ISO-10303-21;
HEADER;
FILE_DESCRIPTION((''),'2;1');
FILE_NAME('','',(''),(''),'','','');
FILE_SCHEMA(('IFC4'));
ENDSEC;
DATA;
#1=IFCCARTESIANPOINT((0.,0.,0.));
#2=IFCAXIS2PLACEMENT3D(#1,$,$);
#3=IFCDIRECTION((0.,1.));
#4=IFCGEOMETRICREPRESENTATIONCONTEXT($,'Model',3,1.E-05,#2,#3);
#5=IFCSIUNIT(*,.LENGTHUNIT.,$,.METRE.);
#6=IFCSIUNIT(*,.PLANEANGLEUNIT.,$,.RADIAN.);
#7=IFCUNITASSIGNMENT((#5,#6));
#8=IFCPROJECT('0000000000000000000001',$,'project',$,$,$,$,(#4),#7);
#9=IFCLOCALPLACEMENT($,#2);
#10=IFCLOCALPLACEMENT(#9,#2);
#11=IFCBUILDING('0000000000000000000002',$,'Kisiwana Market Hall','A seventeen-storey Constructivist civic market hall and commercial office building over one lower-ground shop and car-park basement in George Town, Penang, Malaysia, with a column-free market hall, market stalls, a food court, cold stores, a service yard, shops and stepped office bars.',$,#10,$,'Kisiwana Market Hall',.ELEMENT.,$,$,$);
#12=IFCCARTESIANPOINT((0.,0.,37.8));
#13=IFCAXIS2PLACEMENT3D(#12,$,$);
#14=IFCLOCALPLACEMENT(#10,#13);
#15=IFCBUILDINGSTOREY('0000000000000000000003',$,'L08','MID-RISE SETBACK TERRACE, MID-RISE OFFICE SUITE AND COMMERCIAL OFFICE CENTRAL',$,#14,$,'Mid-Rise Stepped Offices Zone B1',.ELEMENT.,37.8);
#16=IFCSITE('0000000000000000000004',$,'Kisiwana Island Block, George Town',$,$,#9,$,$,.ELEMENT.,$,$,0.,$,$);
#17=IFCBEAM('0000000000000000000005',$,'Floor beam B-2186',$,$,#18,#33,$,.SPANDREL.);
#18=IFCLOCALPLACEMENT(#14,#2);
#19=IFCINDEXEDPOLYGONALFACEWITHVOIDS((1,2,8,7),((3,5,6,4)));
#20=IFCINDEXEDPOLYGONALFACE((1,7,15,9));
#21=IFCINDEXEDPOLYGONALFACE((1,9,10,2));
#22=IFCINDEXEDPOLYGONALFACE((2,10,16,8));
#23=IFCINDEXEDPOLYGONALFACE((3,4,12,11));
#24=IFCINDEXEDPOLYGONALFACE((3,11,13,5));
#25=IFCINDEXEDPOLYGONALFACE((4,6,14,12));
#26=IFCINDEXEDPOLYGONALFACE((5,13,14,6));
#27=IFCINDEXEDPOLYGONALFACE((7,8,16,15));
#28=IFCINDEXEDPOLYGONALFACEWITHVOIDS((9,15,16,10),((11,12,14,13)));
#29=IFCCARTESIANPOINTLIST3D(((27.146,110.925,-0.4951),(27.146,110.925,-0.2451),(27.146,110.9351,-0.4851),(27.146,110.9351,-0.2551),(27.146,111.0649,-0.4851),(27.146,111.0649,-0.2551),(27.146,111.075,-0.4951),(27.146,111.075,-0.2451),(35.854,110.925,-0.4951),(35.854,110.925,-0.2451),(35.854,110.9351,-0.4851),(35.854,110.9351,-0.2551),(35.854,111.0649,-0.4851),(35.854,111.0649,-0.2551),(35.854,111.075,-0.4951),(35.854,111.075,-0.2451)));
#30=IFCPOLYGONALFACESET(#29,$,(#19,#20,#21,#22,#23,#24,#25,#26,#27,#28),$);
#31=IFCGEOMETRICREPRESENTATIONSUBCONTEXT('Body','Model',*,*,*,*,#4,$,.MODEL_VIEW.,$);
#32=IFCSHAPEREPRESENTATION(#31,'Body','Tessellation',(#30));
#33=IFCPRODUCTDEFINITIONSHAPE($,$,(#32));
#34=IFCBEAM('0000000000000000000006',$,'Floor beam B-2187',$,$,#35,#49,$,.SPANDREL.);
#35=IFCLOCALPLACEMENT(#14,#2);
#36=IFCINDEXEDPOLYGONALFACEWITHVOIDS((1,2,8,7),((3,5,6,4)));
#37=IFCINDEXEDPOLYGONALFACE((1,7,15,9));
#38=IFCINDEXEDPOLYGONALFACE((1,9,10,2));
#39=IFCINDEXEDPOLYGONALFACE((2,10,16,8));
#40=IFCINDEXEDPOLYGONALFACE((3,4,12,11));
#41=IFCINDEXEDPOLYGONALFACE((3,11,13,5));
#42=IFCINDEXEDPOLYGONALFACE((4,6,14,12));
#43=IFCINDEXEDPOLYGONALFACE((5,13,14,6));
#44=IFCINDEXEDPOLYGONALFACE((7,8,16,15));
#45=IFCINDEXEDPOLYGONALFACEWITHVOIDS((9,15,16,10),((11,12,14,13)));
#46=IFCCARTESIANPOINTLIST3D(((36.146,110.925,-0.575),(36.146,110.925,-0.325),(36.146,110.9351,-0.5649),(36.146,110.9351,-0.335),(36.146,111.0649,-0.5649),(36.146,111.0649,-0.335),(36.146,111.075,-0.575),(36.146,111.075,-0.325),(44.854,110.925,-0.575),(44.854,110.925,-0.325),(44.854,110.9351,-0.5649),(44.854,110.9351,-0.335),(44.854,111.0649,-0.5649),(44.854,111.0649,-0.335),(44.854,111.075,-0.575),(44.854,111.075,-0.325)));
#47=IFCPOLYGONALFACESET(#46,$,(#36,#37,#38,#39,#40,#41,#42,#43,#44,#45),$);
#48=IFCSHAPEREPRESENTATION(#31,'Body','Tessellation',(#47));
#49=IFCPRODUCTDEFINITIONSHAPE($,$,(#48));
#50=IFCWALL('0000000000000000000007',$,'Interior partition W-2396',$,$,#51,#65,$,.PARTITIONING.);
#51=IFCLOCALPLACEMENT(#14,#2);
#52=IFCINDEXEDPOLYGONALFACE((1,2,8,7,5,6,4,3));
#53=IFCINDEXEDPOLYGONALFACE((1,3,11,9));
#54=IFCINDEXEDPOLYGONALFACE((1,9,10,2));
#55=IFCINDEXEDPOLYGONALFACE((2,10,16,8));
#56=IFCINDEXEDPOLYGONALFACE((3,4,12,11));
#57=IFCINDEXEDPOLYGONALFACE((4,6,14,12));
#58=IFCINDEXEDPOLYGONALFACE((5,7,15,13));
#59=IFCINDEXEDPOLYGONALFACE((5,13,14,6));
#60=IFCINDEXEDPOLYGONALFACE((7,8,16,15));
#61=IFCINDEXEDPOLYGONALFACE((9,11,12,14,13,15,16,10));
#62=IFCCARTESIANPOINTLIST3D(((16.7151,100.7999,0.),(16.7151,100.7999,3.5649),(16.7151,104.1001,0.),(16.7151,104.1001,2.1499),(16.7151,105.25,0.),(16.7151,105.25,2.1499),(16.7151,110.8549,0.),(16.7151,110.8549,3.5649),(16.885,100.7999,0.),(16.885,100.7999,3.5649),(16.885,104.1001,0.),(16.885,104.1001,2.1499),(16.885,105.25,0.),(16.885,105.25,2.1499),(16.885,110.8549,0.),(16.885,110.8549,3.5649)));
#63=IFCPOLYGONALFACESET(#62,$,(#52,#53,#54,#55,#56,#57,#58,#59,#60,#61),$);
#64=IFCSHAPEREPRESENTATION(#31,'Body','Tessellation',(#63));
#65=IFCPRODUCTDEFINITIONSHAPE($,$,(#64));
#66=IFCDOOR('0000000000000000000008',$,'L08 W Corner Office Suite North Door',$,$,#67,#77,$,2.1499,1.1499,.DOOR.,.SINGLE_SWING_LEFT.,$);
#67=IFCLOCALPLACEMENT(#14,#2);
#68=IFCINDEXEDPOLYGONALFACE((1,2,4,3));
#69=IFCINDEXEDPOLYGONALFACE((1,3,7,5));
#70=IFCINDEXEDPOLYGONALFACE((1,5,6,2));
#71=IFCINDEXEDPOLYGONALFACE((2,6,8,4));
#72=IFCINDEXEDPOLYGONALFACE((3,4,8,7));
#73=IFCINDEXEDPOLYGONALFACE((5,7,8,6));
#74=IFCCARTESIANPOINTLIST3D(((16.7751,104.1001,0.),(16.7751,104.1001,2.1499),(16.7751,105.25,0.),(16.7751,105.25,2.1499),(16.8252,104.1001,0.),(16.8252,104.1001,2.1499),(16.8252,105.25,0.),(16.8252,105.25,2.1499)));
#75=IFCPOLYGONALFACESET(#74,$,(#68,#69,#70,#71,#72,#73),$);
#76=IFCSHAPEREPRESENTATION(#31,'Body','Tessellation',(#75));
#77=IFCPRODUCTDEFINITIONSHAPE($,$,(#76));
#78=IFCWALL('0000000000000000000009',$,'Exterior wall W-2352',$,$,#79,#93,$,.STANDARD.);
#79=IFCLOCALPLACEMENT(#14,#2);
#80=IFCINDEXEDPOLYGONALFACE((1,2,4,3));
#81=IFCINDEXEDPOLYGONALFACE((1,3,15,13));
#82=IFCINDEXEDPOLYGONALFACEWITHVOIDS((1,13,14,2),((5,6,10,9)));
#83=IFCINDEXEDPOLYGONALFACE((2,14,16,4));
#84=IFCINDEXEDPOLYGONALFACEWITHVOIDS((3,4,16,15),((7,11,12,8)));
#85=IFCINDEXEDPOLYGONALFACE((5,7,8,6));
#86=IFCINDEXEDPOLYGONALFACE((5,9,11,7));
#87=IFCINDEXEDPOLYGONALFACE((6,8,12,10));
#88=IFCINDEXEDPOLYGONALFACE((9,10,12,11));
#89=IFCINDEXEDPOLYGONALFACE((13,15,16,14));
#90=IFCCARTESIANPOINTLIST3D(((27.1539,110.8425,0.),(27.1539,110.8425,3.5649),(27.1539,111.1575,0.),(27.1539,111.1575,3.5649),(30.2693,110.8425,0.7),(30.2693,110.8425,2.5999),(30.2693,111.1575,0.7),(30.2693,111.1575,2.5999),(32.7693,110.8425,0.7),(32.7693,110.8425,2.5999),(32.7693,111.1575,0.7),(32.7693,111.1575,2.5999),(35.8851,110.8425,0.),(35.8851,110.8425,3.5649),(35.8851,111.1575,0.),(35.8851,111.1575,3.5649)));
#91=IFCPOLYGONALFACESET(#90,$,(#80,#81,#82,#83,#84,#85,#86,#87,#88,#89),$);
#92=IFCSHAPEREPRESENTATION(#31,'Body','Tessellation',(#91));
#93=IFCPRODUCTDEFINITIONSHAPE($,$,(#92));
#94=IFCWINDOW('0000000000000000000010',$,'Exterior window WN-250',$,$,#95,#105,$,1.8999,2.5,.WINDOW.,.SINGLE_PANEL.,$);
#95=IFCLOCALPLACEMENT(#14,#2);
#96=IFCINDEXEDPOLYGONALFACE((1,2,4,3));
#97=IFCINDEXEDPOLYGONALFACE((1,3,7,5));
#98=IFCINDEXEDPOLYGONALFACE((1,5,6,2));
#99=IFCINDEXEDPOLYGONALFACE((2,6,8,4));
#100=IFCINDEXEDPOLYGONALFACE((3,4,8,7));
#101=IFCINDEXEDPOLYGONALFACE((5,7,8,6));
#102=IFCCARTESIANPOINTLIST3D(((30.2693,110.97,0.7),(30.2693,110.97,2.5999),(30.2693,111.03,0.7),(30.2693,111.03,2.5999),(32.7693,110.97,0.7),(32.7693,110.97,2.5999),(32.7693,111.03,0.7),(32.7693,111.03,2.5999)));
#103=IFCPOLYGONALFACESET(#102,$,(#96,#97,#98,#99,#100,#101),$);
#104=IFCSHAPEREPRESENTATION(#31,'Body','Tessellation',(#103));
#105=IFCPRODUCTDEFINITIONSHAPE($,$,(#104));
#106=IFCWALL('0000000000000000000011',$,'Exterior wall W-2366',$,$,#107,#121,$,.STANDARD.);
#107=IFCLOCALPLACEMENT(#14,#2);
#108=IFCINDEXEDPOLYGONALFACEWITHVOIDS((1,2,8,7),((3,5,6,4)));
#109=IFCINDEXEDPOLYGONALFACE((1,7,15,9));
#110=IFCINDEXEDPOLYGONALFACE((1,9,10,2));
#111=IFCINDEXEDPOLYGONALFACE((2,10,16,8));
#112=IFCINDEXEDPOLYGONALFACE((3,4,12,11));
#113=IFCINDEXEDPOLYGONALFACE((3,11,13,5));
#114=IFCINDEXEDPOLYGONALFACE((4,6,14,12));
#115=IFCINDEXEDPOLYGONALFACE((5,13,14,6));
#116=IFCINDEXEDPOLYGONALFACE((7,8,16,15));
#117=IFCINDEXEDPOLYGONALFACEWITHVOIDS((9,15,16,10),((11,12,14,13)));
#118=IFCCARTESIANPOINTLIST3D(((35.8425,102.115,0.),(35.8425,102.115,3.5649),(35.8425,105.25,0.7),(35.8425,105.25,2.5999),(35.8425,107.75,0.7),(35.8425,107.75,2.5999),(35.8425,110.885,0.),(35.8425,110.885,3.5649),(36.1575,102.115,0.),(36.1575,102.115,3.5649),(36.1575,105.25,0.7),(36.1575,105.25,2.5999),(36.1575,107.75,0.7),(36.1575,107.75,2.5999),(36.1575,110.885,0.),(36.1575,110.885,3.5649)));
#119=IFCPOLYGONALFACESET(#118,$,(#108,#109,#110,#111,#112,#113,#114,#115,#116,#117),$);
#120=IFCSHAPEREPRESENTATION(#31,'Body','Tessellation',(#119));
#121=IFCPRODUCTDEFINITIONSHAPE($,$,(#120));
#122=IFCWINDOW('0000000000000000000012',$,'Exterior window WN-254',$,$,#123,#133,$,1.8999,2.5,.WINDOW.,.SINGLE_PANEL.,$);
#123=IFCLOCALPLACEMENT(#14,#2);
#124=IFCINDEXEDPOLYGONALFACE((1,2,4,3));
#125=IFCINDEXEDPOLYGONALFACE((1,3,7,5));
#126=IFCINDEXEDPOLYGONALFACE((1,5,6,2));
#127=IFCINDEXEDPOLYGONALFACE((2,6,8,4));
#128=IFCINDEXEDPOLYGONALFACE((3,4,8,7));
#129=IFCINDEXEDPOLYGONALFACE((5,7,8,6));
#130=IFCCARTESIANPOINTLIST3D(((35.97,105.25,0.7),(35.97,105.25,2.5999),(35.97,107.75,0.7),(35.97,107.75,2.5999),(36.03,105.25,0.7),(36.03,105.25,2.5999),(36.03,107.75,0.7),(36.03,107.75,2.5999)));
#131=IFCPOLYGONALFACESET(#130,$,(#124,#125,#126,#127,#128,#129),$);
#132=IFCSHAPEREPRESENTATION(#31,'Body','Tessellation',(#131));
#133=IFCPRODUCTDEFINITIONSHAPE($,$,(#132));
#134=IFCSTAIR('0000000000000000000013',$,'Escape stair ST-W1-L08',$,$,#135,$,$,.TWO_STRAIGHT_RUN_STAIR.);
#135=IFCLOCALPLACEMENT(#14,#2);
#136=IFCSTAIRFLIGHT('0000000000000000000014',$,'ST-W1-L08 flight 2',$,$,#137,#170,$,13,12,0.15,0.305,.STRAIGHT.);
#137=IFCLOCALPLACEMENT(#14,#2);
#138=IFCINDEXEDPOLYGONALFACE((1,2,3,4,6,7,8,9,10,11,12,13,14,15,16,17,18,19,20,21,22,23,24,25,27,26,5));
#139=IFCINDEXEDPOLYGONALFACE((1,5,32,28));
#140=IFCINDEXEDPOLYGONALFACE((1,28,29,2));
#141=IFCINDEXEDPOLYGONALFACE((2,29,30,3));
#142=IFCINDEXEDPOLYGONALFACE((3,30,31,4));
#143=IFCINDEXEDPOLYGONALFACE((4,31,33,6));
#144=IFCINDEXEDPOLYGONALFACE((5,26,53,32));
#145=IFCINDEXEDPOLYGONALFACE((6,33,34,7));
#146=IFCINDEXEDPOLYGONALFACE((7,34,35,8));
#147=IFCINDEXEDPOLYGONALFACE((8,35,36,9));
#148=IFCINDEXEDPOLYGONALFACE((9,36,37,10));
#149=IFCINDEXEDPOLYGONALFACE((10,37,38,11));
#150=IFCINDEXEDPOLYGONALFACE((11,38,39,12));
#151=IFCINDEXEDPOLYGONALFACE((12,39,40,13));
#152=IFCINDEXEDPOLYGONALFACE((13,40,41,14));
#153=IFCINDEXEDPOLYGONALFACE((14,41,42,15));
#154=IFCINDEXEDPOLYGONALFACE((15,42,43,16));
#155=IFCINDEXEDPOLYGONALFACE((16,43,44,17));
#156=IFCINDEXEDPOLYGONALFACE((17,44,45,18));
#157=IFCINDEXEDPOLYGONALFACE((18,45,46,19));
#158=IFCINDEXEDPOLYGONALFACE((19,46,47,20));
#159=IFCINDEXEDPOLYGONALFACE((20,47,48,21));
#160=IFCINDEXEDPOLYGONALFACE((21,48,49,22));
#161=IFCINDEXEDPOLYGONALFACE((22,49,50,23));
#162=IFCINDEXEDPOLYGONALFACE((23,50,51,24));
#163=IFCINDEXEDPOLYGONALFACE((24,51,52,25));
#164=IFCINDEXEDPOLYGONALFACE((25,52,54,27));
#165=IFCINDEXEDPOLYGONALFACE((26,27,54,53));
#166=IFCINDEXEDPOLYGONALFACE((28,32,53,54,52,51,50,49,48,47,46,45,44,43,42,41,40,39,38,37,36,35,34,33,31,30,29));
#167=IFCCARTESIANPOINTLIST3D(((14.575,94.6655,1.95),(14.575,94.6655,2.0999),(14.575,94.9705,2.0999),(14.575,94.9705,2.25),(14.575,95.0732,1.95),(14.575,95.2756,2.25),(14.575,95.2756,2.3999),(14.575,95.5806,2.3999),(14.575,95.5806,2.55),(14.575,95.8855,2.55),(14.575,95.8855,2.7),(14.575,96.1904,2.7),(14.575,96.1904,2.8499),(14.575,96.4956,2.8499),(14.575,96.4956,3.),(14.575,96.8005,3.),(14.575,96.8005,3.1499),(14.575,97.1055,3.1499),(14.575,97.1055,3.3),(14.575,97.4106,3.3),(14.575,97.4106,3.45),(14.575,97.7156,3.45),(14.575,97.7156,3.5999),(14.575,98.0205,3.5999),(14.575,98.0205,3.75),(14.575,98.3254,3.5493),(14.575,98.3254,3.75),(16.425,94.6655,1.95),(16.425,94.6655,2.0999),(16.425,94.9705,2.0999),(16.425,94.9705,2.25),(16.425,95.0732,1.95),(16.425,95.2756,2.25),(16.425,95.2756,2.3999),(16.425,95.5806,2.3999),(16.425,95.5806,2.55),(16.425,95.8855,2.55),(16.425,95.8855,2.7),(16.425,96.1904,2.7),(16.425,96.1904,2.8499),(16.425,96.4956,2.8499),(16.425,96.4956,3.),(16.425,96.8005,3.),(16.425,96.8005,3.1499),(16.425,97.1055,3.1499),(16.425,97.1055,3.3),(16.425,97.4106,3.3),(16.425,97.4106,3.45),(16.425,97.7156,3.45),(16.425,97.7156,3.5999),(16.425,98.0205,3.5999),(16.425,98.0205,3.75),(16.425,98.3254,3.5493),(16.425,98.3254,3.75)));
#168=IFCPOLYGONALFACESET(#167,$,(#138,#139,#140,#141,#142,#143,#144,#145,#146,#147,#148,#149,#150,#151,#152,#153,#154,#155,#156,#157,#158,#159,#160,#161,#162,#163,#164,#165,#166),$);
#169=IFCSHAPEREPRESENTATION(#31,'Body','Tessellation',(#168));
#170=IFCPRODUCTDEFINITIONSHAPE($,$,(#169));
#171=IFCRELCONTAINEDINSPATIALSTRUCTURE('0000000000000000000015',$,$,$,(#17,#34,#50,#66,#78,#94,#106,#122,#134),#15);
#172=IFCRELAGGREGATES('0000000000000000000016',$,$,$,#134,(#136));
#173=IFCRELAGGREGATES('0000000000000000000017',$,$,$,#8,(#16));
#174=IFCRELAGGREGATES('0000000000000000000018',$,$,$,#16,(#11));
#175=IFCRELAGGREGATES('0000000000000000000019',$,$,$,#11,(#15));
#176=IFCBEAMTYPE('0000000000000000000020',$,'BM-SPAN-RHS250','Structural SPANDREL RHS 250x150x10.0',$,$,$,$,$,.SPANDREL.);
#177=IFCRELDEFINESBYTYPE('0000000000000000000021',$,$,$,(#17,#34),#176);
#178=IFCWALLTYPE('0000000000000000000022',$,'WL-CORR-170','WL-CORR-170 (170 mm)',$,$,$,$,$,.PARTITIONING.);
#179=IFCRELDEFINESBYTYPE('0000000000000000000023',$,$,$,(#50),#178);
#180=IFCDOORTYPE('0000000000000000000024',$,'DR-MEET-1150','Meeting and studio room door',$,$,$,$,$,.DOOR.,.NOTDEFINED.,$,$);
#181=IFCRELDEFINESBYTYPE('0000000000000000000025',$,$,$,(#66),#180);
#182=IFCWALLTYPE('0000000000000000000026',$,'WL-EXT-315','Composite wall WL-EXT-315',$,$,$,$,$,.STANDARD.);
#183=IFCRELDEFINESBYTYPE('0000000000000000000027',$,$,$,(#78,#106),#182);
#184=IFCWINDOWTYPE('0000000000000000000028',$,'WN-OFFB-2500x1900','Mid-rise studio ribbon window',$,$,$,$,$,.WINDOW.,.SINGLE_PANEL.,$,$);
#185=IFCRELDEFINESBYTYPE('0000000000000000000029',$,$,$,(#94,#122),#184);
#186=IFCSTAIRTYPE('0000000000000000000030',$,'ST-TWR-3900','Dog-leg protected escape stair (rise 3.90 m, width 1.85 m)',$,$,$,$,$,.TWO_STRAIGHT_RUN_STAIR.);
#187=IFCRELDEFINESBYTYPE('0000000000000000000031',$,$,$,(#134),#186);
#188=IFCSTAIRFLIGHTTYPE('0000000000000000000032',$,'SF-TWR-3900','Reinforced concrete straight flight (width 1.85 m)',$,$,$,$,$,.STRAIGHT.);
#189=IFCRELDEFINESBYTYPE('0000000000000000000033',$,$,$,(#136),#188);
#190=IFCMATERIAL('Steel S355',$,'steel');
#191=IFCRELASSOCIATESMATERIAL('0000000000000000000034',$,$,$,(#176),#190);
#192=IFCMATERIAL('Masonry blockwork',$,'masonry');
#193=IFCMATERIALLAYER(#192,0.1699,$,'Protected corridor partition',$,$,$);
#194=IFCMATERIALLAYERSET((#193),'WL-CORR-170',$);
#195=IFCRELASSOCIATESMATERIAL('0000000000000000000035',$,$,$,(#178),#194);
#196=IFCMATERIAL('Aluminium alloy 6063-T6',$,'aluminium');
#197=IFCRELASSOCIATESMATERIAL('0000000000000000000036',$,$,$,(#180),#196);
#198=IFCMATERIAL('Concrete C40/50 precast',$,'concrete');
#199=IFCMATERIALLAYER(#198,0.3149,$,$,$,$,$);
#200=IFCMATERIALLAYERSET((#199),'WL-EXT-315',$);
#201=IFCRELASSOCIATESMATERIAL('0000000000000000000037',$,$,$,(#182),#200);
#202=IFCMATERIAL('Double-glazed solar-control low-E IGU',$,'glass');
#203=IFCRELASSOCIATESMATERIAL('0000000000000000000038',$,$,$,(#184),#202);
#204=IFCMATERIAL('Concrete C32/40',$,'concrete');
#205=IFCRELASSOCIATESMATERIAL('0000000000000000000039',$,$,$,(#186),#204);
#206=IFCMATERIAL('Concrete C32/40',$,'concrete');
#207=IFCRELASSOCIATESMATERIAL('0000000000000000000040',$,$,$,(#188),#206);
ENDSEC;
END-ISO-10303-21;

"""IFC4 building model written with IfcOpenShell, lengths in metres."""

from ifc_helpers import new_model, si_unit, direction, frame, frame_2d, origin, origin_2d, place, context, subcontext, project, spatial, polyline, rectangle, hollow_rectangle, outline, extrude, material, layer, layer_set, material_profile, profile_set, type_object, element, fill, aggregate, save


model = new_model("IFC4")

# Units and contexts
model_context = context("Model", 3, precision=1e-05, world=origin(), true_north=direction((0.0, 1.0)))
body_context = subcontext(model_context, "Body", "Model", "MODEL_VIEW")
ifc_project = project(units=[si_unit("LENGTHUNIT", "METRE"), si_unit("PLANEANGLEUNIT", "RADIAN")], contexts=[model_context])

# Site, building, storey
site_placement = place(None, origin())
site = spatial("IfcSite", under=ifc_project, at=site_placement, Name="Kisiwana Island Block, George Town", CompositionType="ELEMENT", RefElevation=0.0)
building_placement = place(site_placement, origin())
building = spatial("IfcBuilding", under=site, at=building_placement, Name="Kisiwana Market Hall", Description="A seventeen-storey Constructivist civic market hall and commercial office building over one lower-ground shop and car-park basement in George Town, Penang, Malaysia, with a column-free market hall, market stalls, a food court, cold stores, a service yard, shops and stepped office bars.", LongName="Kisiwana Market Hall", CompositionType="ELEMENT")
storey_placement = place(building_placement, frame((0.0, 0.0, 37.8)))
storey = spatial("IfcBuildingStorey", under=building, at=storey_placement, Name="L08", Description="MID-RISE SETBACK TERRACE, MID-RISE OFFICE SUITE AND COMMERCIAL OFFICE CENTRAL", LongName="Mid-Rise Stepped Offices Zone B1", CompositionType="ELEMENT", Elevation=37.8)

# Beams
ifc_material_1 = material(Name="Steel S355", Category="steel")
ifc_material_profile_1 = material_profile(ifc_material_1, hollow_rectangle(XDim=0.1499, YDim=0.25, WallThickness=0.01, at=origin_2d()), Name="RHS 250x150x10.0")
ifc_profile_set_1 = profile_set([ifc_material_profile_1], Name="Steel S355")
beam_type_1 = type_object("IfcBeamType", Name="BM-SPAN-RHS250", Description="Structural SPANDREL RHS 250x150x10.0", PredefinedType="SPANDREL", material=ifc_profile_set_1)
for number, where, z_axis, x_axis, name in (
    (1, (27.146, 111.0, -0.3701), (1.0, 0.0, 0.0), (0.0, 1.0, 0.0), "Floor beam B-2186"),
    (2, (36.146, 111.0, -0.45), (1.0, 0.0, 0.0), (0.0, 1.0, 0.0), "Floor beam B-2187"),
):
    element("IfcBeam", number, at=place(storey_placement, frame(where, z_axis=z_axis, x_axis=x_axis)), inside=storey, type_object=beam_type_1, Name=name, PredefinedType="SPANDREL", context=body_context, shape_type="SweptSolid", body=[
        extrude(hollow_rectangle(XDim=0.1499, YDim=0.25, WallThickness=0.01, at=origin_2d()), origin(), (0.0, 0.0, 1.0), 8.708),
    ])

# Wall, opening, door
ifc_material_2 = material(Name="Masonry blockwork", Category="masonry")
ifc_layer_1 = layer(ifc_material_2, 0.1699, Name="Protected corridor partition")
ifc_layer_set_1 = layer_set([ifc_layer_1], Name="WL-CORR-170")
wall_type_1 = type_object("IfcWallType", Name="WL-CORR-170", Description="WL-CORR-170 (170 mm)", PredefinedType="PARTITIONING", material=ifc_layer_set_1)
wall_1_placement = place(storey_placement, frame((16.8, 100.8, 0.0), z_axis=(0.0, 0.0, 1.0), x_axis=(0.0, 1.0, 0.0)))
wall_1 = element("IfcWall", 3, at=wall_1_placement, inside=storey, type_object=wall_type_1, Name="Interior partition W-2396", PredefinedType="PARTITIONING", context=body_context, shape_type="SweptSolid", body=[
    extrude(rectangle(XDim=10.0549, YDim=0.1699, at=frame_2d((5.0273, 0.0))), origin(), (0.0, 0.0, 1.0), 3.5649),
])
opening_1_placement = place(wall_1_placement, frame((3.3, 0.0, 0.0)))
opening_1 = element("IfcOpeningElement", 4, at=opening_1_placement, cuts=wall_1, PredefinedType="OPENING", context=body_context, shape_type="SweptSolid", body=[
    extrude(rectangle(XDim=1.1499, YDim=2.1499, at=frame_2d((0.575, 1.075))), frame((0.0, 0.0969, 0.0), z_axis=(0.0, -1.0, 0.0), x_axis=(1.0, 0.0, 0.0)), (0.0, 0.0, 1.0), 0.1938),
])
ifc_material_3 = material(Name="Aluminium alloy 6063-T6", Category="aluminium")
door_type = type_object("IfcDoorType", Name="DR-MEET-1150", Description="Meeting and studio room door", OperationType="NOTDEFINED", PredefinedType="DOOR", material=ifc_material_3)
door_placement = place(opening_1_placement, origin())
door = element("IfcDoor", 5, at=door_placement, inside=storey, type_object=door_type, Name="L08 W Corner Office Suite North Door", OperationType="SINGLE_SWING_LEFT", OverallHeight=2.1499, OverallWidth=1.1499, PredefinedType="DOOR", context=body_context, shape_type="SweptSolid", body=[
    extrude(rectangle(XDim=1.1499, YDim=2.1499, at=frame_2d((0.575, 1.075))), frame((0.0, 0.0249, 0.0), z_axis=(0.0, -1.0, 0.0), x_axis=(1.0, 0.0, 0.0)), (0.0, 0.0, 1.0), 0.05),
])
fill(opening_1, door)

# Walls, openings, windows
ifc_material_4 = material(Name="Concrete C40/50 precast", Category="concrete")
ifc_layer_2 = layer(ifc_material_4, 0.3149)
ifc_layer_set_2 = layer_set([ifc_layer_2], Name="WL-EXT-315")
wall_type_2 = type_object("IfcWallType", Name="WL-EXT-315", Description="Composite wall WL-EXT-315", PredefinedType="STANDARD", material=ifc_layer_set_2)
wall_2_placement = place(storey_placement, frame((27.1538, 111.0, 0.0), z_axis=(0.0, 0.0, 1.0), x_axis=(1.0, 0.0, 0.0)))
wall_2 = element("IfcWall", 6, at=wall_2_placement, inside=storey, type_object=wall_type_2, Name="Exterior wall W-2352", PredefinedType="STANDARD", context=body_context, shape_type="SweptSolid", body=[
    extrude(rectangle(XDim=8.7312, YDim=0.3149, at=frame_2d((4.3657, 0.0))), origin(), (0.0, 0.0, 1.0), 3.5649),
])
opening_2_placement = place(wall_2_placement, frame((3.1155, 0.0, 0.7)))
opening_2 = element("IfcOpeningElement", 7, at=opening_2_placement, cuts=wall_2, PredefinedType="OPENING", context=body_context, shape_type="SweptSolid", body=[
    extrude(rectangle(XDim=2.5, YDim=1.8999, at=frame_2d((1.25, 0.95))), frame((0.0, 0.1694, 0.0), z_axis=(0.0, -1.0, 0.0), x_axis=(1.0, 0.0, 0.0)), (0.0, 0.0, 1.0), 0.3389),
])
ifc_material_5 = material(Name="Double-glazed solar-control low-E IGU", Category="glass")
window_type = type_object("IfcWindowType", Name="WN-OFFB-2500x1900", Description="Mid-rise studio ribbon window", PartitioningType="SINGLE_PANEL", PredefinedType="WINDOW", material=ifc_material_5)
window_1_placement = place(opening_2_placement, origin())
window_1 = element("IfcWindow", 8, at=window_1_placement, inside=storey, type_object=window_type, Name="Exterior window WN-250", OverallHeight=1.8999, OverallWidth=2.5, PartitioningType="SINGLE_PANEL", PredefinedType="WINDOW", context=body_context, shape_type="SweptSolid", body=[
    extrude(rectangle(XDim=2.5, YDim=1.8999, at=frame_2d((1.25, 0.95))), frame((0.0, 0.03, 0.0), z_axis=(0.0, -1.0, 0.0), x_axis=(1.0, 0.0, 0.0)), (0.0, 0.0, 1.0), 0.0601),
])
fill(opening_2, window_1)
wall_3_placement = place(storey_placement, frame((36.0, 102.115, 0.0), z_axis=(0.0, 0.0, 1.0), x_axis=(0.0, 1.0, 0.0)))
wall_3 = element("IfcWall", 9, at=wall_3_placement, inside=storey, type_object=wall_type_2, Name="Exterior wall W-2366", PredefinedType="STANDARD", context=body_context, shape_type="SweptSolid", body=[
    extrude(rectangle(XDim=8.77, YDim=0.3149, at=frame_2d((4.385, 0.0))), origin(), (0.0, 0.0, 1.0), 3.5649),
])
opening_3_placement = place(wall_3_placement, frame((3.135, 0.0, 0.7)))
opening_3 = element("IfcOpeningElement", 10, at=opening_3_placement, cuts=wall_3, PredefinedType="OPENING", context=body_context, shape_type="SweptSolid", body=[
    extrude(rectangle(XDim=2.5, YDim=1.8999, at=frame_2d((1.25, 0.95))), frame((0.0, 0.1694, 0.0), z_axis=(0.0, -1.0, 0.0), x_axis=(1.0, 0.0, 0.0)), (0.0, 0.0, 1.0), 0.3389),
])
window_2_placement = place(opening_3_placement, origin())
window_2 = element("IfcWindow", 11, at=window_2_placement, inside=storey, type_object=window_type, Name="Exterior window WN-254", OverallHeight=1.8999, OverallWidth=2.5, PartitioningType="SINGLE_PANEL", PredefinedType="WINDOW", context=body_context, shape_type="SweptSolid", body=[
    extrude(rectangle(XDim=2.5, YDim=1.8999, at=frame_2d((1.25, 0.95))), frame((0.0, 0.03, 0.0), z_axis=(0.0, -1.0, 0.0), x_axis=(1.0, 0.0, 0.0)), (0.0, 0.0, 1.0), 0.0601),
])
fill(opening_3, window_2)

# Stair, stair flight
ifc_material_6 = material(Name="Concrete C32/40", Category="concrete")
stair_type = type_object("IfcStairType", Name="ST-TWR-3900", Description="Dog-leg protected escape stair (rise 3.90 m, width 1.85 m)", PredefinedType="TWO_STRAIGHT_RUN_STAIR", material=ifc_material_6)
stair_placement = place(storey_placement, origin())
stair = element("IfcStair", 12, at=stair_placement, inside=storey, type_object=stair_type, Name="Escape stair ST-W1-L08", PredefinedType="TWO_STRAIGHT_RUN_STAIR")
ifc_material_7 = material(Name="Concrete C32/40", Category="concrete")
stair_flight_type = type_object("IfcStairFlightType", Name="SF-TWR-3900", Description="Reinforced concrete straight flight (width 1.85 m)", PredefinedType="STRAIGHT", material=ifc_material_7)
stair_flight_placement = place(storey_placement, frame((15.5, 94.6655, 1.95), z_axis=(0.0, 0.0, 1.0), x_axis=(0.0, 1.0, 0.0)))
stair_flight = element("IfcStairFlight", 13, at=stair_flight_placement, type_object=stair_flight_type, Name="ST-W1-L08 flight 2", NumberOfRisers=13, NumberOfTreads=12, PredefinedType="STRAIGHT", RiserHeight=0.15, TreadLength=0.305, context=body_context, shape_type="SweptSolid", body=[
    extrude(outline(polyline([(0.0, 0.0), (0.0, 0.1499), (0.3049, 0.1499), (0.3049, 0.3), (0.6101, 0.3), (0.6101, 0.45), (0.915, 0.45), (0.915, 0.6001), (1.22, 0.6001), (1.22, 0.75), (1.5249, 0.75), (1.5249, 0.8999), (1.8301, 0.8999), (1.8301, 1.05), (2.135, 1.05), (2.135, 1.2), (2.4399, 1.2), (2.4399, 1.3501), (2.7451, 1.3501), (2.7451, 1.5), (3.05, 1.5), (3.05, 1.6499), (3.355, 1.6499), (3.355, 1.8), (3.6599, 1.8), (3.6599, 1.95), (3.6599, 1.5994), (0.4077, 0.0), (0.0, 0.0)])), frame((0.0, 0.925, 0.0), z_axis=(0.0, -1.0, 0.0), x_axis=(1.0, 0.0, 0.0)), (0.0, 0.0, 1.0), 1.8501),
])
aggregate(stair, [stair_flight])

save(model, "model.ifc")
